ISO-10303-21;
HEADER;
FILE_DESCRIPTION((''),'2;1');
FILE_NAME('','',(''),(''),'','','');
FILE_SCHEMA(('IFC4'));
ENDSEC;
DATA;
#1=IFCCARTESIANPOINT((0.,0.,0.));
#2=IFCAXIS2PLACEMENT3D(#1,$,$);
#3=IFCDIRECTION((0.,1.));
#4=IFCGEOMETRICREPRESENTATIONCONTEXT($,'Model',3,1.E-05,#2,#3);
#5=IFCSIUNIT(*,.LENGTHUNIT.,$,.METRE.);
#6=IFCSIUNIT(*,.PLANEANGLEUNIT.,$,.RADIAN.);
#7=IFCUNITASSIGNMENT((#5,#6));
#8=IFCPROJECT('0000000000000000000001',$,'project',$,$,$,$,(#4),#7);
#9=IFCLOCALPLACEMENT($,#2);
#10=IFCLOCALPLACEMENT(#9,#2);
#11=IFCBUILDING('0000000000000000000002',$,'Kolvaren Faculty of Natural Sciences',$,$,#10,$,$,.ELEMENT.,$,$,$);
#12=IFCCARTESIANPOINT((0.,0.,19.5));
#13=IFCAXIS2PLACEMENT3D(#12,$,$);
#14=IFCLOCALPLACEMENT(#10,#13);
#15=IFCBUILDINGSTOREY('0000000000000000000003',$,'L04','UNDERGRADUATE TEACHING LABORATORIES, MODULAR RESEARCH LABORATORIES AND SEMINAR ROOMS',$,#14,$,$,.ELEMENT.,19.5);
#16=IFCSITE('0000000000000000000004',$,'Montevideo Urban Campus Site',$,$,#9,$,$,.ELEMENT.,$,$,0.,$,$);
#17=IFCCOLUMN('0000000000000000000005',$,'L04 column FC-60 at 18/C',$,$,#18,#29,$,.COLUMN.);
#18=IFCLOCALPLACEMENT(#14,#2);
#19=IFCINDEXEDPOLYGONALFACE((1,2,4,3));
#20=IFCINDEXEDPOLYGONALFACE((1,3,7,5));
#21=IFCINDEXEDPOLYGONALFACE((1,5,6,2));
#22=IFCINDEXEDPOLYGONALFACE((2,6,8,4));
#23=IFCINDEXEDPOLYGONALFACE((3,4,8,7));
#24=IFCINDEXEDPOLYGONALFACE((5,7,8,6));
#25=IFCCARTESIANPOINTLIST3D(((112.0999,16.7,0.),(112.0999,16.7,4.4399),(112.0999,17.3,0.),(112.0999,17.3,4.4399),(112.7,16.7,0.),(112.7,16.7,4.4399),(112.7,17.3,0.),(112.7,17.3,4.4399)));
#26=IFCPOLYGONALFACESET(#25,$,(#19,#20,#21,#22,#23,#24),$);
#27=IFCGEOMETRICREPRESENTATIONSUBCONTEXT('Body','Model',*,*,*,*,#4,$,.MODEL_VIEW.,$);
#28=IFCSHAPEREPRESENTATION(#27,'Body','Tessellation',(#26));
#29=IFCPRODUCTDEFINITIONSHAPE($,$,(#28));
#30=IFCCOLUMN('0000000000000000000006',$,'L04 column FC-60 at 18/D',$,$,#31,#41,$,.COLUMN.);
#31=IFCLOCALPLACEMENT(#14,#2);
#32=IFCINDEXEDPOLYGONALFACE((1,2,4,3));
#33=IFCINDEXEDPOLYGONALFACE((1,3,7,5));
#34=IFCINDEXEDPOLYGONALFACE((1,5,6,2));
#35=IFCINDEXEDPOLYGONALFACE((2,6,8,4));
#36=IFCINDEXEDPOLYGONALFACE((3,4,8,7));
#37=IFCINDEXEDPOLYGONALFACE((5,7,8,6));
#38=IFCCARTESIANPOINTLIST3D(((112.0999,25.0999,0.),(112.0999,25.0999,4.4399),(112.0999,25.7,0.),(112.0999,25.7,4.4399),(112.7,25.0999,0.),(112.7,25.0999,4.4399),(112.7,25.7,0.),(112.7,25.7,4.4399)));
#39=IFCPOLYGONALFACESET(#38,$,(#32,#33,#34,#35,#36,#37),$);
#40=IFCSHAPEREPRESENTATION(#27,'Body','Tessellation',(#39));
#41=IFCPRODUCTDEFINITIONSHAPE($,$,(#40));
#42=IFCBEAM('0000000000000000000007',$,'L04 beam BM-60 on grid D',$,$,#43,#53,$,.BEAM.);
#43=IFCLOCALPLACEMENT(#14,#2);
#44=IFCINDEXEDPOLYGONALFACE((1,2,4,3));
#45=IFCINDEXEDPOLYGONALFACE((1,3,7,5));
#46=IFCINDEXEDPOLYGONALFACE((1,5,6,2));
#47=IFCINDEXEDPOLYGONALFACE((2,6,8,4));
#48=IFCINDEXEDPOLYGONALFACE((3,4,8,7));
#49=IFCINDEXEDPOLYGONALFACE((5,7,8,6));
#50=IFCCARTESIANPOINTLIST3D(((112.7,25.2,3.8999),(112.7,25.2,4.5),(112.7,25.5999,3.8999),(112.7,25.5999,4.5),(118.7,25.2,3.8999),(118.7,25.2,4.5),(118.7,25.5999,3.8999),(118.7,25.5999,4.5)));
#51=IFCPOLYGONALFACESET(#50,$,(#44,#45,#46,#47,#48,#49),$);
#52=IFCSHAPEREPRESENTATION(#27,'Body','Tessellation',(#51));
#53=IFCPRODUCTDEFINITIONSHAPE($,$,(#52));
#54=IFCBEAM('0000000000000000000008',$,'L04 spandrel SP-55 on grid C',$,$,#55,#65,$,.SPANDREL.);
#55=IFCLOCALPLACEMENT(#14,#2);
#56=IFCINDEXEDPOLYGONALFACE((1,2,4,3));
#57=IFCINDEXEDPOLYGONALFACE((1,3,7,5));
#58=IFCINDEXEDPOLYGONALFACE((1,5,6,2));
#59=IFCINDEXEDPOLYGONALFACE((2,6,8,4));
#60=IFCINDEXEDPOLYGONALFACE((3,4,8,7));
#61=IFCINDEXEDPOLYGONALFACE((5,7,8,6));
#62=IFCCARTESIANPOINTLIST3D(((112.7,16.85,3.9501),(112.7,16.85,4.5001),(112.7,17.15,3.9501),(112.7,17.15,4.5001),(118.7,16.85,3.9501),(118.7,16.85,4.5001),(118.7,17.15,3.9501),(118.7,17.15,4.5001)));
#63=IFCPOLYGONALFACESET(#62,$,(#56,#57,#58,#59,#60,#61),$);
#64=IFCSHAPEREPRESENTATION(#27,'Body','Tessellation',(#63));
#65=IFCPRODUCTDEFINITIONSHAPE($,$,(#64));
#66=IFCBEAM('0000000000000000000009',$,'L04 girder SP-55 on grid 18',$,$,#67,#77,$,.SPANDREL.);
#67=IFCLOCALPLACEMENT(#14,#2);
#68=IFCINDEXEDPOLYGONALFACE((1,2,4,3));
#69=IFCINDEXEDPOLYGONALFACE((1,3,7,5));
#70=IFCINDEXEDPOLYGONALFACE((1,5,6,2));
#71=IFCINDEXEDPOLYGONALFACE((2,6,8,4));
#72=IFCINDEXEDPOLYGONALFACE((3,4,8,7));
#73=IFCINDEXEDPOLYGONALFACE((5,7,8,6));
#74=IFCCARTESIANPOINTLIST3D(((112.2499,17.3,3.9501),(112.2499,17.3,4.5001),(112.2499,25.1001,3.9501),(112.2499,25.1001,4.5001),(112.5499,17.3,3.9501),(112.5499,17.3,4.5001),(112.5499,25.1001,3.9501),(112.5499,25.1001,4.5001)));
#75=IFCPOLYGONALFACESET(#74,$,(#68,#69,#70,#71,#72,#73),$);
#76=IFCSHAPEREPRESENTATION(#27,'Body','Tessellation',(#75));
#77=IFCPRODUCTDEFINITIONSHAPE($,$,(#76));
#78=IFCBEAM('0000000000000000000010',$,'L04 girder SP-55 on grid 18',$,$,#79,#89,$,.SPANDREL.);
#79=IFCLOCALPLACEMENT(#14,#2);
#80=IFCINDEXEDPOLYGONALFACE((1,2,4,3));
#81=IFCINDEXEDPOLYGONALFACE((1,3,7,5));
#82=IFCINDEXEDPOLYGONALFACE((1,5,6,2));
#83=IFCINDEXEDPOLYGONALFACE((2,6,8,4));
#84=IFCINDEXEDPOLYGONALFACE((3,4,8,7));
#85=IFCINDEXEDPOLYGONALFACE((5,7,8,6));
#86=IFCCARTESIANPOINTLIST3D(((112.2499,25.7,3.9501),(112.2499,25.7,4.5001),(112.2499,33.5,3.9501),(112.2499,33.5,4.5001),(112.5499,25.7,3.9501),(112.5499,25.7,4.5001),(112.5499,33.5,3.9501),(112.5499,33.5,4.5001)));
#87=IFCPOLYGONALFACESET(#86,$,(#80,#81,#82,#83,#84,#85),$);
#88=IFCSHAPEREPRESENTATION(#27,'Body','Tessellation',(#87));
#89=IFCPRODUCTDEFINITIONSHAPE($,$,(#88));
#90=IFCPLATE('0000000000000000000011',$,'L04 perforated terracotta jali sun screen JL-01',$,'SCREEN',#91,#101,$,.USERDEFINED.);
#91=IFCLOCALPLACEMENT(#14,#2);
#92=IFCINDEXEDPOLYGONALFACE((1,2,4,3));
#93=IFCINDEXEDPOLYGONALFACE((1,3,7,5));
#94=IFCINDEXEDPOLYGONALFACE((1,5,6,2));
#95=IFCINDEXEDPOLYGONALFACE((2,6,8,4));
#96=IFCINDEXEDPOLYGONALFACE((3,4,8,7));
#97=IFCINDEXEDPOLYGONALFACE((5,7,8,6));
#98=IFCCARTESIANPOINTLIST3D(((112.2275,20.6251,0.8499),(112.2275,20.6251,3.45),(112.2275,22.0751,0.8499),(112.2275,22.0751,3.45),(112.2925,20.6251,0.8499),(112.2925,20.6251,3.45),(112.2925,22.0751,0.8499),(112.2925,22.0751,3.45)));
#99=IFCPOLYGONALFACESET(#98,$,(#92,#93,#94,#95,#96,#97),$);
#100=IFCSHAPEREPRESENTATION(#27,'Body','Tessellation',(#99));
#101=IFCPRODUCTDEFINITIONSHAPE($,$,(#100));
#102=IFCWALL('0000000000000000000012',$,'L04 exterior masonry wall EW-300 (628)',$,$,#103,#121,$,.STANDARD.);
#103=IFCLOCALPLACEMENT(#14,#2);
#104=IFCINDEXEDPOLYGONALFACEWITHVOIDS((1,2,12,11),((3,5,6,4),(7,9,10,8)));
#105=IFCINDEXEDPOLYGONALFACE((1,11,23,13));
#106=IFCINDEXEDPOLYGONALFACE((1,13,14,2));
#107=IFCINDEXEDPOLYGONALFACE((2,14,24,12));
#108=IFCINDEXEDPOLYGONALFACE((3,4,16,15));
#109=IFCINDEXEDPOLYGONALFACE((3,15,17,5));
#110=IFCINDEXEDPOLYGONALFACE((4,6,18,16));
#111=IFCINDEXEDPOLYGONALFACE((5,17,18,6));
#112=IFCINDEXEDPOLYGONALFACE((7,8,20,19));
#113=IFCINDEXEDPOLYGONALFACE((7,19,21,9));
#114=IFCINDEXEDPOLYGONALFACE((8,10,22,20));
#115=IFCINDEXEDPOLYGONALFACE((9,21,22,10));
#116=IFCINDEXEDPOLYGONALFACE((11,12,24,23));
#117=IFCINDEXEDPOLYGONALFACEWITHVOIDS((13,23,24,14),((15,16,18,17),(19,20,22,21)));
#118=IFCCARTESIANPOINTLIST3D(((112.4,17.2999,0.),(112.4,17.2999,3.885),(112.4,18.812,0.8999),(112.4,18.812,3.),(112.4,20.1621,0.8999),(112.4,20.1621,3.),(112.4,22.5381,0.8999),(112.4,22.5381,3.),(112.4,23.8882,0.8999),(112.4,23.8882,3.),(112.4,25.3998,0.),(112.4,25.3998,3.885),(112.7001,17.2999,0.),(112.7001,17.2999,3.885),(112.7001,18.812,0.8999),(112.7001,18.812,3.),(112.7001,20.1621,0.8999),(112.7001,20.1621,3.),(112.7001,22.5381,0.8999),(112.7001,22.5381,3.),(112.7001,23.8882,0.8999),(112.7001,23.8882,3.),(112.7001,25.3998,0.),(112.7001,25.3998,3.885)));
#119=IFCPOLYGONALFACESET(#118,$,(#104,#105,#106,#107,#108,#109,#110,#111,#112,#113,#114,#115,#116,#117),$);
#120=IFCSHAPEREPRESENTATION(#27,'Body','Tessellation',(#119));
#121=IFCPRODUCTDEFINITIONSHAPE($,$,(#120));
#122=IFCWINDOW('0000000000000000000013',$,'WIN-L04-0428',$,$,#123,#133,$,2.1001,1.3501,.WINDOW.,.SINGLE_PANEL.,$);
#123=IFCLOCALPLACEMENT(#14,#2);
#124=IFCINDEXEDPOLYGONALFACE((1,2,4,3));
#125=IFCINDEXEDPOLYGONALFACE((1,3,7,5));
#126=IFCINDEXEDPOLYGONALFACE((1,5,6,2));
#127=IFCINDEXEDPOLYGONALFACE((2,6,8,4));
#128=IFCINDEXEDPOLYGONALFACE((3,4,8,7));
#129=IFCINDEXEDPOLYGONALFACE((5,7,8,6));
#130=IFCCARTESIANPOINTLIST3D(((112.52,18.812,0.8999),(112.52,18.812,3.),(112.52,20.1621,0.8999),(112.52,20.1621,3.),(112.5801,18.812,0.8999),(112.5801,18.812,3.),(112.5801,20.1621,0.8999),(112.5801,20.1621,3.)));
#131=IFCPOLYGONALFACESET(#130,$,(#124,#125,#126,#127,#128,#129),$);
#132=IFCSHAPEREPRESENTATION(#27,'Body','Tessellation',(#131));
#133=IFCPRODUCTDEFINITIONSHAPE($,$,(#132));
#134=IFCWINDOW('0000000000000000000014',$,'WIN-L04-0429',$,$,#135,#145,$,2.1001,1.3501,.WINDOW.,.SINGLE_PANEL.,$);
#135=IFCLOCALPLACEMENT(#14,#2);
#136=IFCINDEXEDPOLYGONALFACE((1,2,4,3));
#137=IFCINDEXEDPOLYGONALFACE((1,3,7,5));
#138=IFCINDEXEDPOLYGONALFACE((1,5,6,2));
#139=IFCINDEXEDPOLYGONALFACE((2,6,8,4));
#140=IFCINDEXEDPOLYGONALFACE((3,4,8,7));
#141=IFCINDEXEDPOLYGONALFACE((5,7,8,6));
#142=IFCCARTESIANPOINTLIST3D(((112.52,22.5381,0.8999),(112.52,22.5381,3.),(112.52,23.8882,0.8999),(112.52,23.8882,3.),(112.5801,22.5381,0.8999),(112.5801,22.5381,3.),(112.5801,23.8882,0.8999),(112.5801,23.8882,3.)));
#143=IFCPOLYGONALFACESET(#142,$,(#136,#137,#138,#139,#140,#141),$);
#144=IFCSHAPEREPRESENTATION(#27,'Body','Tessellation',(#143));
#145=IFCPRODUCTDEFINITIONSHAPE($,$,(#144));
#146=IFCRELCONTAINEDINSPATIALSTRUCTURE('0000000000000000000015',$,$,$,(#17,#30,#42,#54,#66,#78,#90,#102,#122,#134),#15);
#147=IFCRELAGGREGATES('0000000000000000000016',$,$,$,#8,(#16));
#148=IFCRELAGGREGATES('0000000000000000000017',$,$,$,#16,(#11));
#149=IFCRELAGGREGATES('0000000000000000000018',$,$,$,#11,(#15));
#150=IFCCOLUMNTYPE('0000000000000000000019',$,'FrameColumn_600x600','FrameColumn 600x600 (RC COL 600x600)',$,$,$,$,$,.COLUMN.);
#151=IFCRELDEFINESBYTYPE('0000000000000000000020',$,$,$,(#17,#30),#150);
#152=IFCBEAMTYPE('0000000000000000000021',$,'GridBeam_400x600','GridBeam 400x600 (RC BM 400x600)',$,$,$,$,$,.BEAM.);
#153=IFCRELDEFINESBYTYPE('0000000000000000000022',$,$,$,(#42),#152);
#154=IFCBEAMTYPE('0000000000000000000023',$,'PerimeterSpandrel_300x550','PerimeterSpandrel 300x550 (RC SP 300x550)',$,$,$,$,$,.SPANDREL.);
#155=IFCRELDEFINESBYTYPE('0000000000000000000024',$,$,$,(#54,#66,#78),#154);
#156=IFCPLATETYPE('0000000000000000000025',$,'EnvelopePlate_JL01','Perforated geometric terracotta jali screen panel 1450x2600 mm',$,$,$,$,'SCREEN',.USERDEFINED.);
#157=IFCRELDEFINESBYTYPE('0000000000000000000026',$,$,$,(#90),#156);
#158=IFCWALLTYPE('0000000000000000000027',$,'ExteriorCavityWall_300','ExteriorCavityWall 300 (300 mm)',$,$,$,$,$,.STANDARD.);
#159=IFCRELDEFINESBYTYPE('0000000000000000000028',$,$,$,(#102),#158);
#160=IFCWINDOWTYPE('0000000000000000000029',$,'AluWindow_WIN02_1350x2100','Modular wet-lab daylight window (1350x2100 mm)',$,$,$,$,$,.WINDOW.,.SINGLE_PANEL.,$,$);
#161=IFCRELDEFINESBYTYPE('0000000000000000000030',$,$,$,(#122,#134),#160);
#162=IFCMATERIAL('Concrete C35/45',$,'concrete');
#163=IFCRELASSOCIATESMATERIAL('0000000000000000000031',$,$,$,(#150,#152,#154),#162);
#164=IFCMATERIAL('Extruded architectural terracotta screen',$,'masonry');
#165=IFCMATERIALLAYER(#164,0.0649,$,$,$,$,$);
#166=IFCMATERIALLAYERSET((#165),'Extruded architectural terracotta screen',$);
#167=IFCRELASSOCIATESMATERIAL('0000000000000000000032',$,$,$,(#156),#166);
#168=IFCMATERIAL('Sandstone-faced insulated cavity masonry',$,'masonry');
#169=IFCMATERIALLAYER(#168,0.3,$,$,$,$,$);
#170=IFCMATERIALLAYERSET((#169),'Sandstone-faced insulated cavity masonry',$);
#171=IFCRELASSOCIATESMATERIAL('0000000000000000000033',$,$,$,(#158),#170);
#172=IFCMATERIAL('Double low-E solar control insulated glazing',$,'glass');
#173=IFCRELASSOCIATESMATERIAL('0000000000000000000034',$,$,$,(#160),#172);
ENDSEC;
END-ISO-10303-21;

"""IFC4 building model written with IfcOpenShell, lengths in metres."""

from ifc_helpers import new_model, si_unit, direction, frame, frame_2d, origin, origin_2d, place, context, subcontext, project, spatial, rectangle, extrude, material, layer, layer_set, material_profile, profile_set, type_object, element, fill, save


model = new_model("IFC4")

# Units and contexts
model_context = context("Model", 3, precision=1e-05, world=origin(), true_north=direction((0.0, 1.0)))
body_context = subcontext(model_context, "Body", "Model", "MODEL_VIEW")
ifc_project = project(units=[si_unit("LENGTHUNIT", "METRE"), si_unit("PLANEANGLEUNIT", "RADIAN")], contexts=[model_context])

# Site, building, storey
site_placement = place(None, origin())
site = spatial("IfcSite", under=ifc_project, at=site_placement, Name="Montevideo Urban Campus Site", CompositionType="ELEMENT", RefElevation=0.0)
building_placement = place(site_placement, origin())
building = spatial("IfcBuilding", under=site, at=building_placement, Name="Kolvaren Faculty of Natural Sciences", CompositionType="ELEMENT")
storey_placement = place(building_placement, frame((0.0, 0.0, 19.5)))
storey = spatial("IfcBuildingStorey", under=building, at=storey_placement, Name="L04", Description="UNDERGRADUATE TEACHING LABORATORIES, MODULAR RESEARCH LABORATORIES AND SEMINAR ROOMS", CompositionType="ELEMENT", Elevation=19.5)

# Columns
ifc_material_1 = material(Name="Concrete C35/45", Category="concrete")
ifc_material_profile_1 = material_profile(ifc_material_1, rectangle(XDim=0.6001, YDim=0.6001, at=origin_2d()), Name="RC COL 600x600")
ifc_profile_set_1 = profile_set([ifc_material_profile_1], Name="Concrete C35/45")
column_type = type_object("IfcColumnType", Name="FrameColumn_600x600", Description="FrameColumn 600x600 (RC COL 600x600)", PredefinedType="COLUMN", material=ifc_profile_set_1)
for number, where, z_axis, x_axis, name in (
    (1, (112.3999, 17.0, 0.0), (0.0, 0.0, 1.0), (1.0, 0.0, 0.0), "L04 column FC-60 at 18/C"),
    (2, (112.3999, 25.3999, 0.0), (0.0, 0.0, 1.0), (1.0, 0.0, 0.0), "L04 column FC-60 at 18/D"),
):
    element("IfcColumn", number, at=place(storey_placement, frame(where, z_axis=z_axis, x_axis=x_axis)), inside=storey, type_object=column_type, Name=name, PredefinedType="COLUMN", context=body_context, shape_type="SweptSolid", body=[
        extrude(rectangle(XDim=0.6001, YDim=0.6001, at=origin_2d()), origin(), (0.0, 0.0, 1.0), 4.4399),
    ])

# Beams
ifc_material_profile_2 = material_profile(ifc_material_1, rectangle(XDim=0.3999, YDim=0.6001, at=origin_2d()), Name="RC BM 400x600")
ifc_profile_set_2 = profile_set([ifc_material_profile_2], Name="Concrete C35/45")
beam_type_1 = type_object("IfcBeamType", Name="GridBeam_400x600", Description="GridBeam 400x600 (RC BM 400x600)", PredefinedType="BEAM", material=ifc_profile_set_2)
beam_1_placement = place(storey_placement, frame((112.7, 25.3999, 4.2), z_axis=(1.0, 0.0, 0.0), x_axis=(0.0, 1.0, 0.0)))
element("IfcBeam", 3, at=beam_1_placement, inside=storey, type_object=beam_type_1, Name="L04 beam BM-60 on grid D", PredefinedType="BEAM", context=body_context, shape_type="SweptSolid", body=[
    extrude(rectangle(XDim=0.3999, YDim=0.6001, at=origin_2d()), origin(), (0.0, 0.0, 1.0), 6.0),
])
ifc_material_profile_3 = material_profile(ifc_material_1, rectangle(XDim=0.3, YDim=0.55, at=origin_2d()), Name="RC SP 300x550")
ifc_profile_set_3 = profile_set([ifc_material_profile_3], Name="Concrete C35/45")
beam_type_2 = type_object("IfcBeamType", Name="PerimeterSpandrel_300x550", Description="PerimeterSpandrel 300x550 (RC SP 300x550)", PredefinedType="SPANDREL", material=ifc_profile_set_3)
beam_2_placement = place(storey_placement, frame((112.7, 17.0, 4.2251), z_axis=(1.0, 0.0, 0.0), x_axis=(0.0, 1.0, 0.0)))
element("IfcBeam", 4, at=beam_2_placement, inside=storey, type_object=beam_type_2, Name="L04 spandrel SP-55 on grid C", PredefinedType="SPANDREL", context=body_context, shape_type="SweptSolid", body=[
    extrude(rectangle(XDim=0.3, YDim=0.55, at=origin_2d()), origin(), (0.0, 0.0, 1.0), 6.0),
])
for number, where, z_axis, x_axis, name in (
    (5, (112.3999, 17.3, 4.2251), (0.0, 1.0, 0.0), (-1.0, 0.0, 0.0), "L04 girder SP-55 on grid 18"),
    (6, (112.3999, 25.7, 4.2251), (0.0, 1.0, 0.0), (-1.0, 0.0, 0.0), "L04 girder SP-55 on grid 18"),
):
    element("IfcBeam", number, at=place(storey_placement, frame(where, z_axis=z_axis, x_axis=x_axis)), inside=storey, type_object=beam_type_2, Name=name, PredefinedType="SPANDREL", context=body_context, shape_type="SweptSolid", body=[
        extrude(rectangle(XDim=0.3, YDim=0.55, at=origin_2d()), origin(), (0.0, 0.0, 1.0), 7.8),
    ])

# Plate
ifc_material_2 = material(Name="Extruded architectural terracotta screen", Category="masonry")
ifc_layer_1 = layer(ifc_material_2, 0.0649)
ifc_layer_set_1 = layer_set([ifc_layer_1], Name="Extruded architectural terracotta screen")
plate_type = type_object("IfcPlateType", Name="EnvelopePlate_JL01", Description="Perforated geometric terracotta jali screen panel 1450x2600 mm", ElementType="SCREEN", PredefinedType="USERDEFINED", material=ifc_layer_set_1)
plate_placement = place(storey_placement, frame((112.26, 21.3501, 0.8499), z_axis=(0.0, 0.0, 1.0), x_axis=(0.0, 1.0, 0.0)))
element("IfcPlate", 7, at=plate_placement, inside=storey, type_object=plate_type, Name="L04 perforated terracotta jali sun screen JL-01", ObjectType="SCREEN", PredefinedType="USERDEFINED", context=body_context, shape_type="SweptSolid", body=[
    extrude(rectangle(XDim=1.45, YDim=0.0649, at=origin_2d()), origin(), (0.0, 0.0, 1.0), 2.6001),
])

# Wall, openings, windows
ifc_material_3 = material(Name="Sandstone-faced insulated cavity masonry", Category="masonry")
ifc_layer_2 = layer(ifc_material_3, 0.3)
ifc_layer_set_2 = layer_set([ifc_layer_2], Name="Sandstone-faced insulated cavity masonry")
wall_type_1 = type_object("IfcWallType", Name="ExteriorCavityWall_300", Description="ExteriorCavityWall 300 (300 mm)", PredefinedType="STANDARD", material=ifc_layer_set_2)
wall_1_placement = place(storey_placement, frame((112.55, 17.3, 0.0), z_axis=(0.0, 0.0, 1.0), x_axis=(0.0, 1.0, 0.0)))
wall_1 = element("IfcWall", 8, at=wall_1_placement, inside=storey, type_object=wall_type_1, Name="L04 exterior masonry wall EW-300 (628)", PredefinedType="STANDARD", context=body_context, shape_type="SweptSolid", body=[
    extrude(rectangle(XDim=8.0999, YDim=0.3, at=frame_2d((4.0498, 0.0))), origin(), (0.0, 0.0, 1.0), 3.885),
])
opening_1_placement = place(wall_1_placement, frame((1.512, 0.0, 0.8999)))
opening_1 = element("IfcOpeningElement", 9, at=opening_1_placement, cuts=wall_1, PredefinedType="OPENING", context=body_context, shape_type="SweptSolid", body=[
    extrude(rectangle(XDim=1.3501, YDim=2.1001, at=frame_2d((0.675, 1.05))), frame((0.0, 0.1599, 0.0), z_axis=(0.0, -1.0, 0.0), x_axis=(1.0, 0.0, 0.0)), (0.0, 0.0, 1.0), 0.3201),
])
opening_2_placement = place(wall_1_placement, frame((5.238, 0.0, 0.8999)))
opening_2 = element("IfcOpeningElement", 10, at=opening_2_placement, cuts=wall_1, PredefinedType="OPENING", context=body_context, shape_type="SweptSolid", body=[
    extrude(rectangle(XDim=1.3501, YDim=2.1001, at=frame_2d((0.675, 1.05))), frame((0.0, 0.1599, 0.0), z_axis=(0.0, -1.0, 0.0), x_axis=(1.0, 0.0, 0.0)), (0.0, 0.0, 1.0), 0.3201),
])
ifc_material_4 = material(Name="Double low-E solar control insulated glazing", Category="glass")
window_type_1 = type_object("IfcWindowType", Name="AluWindow_WIN02_1350x2100", Description="Modular wet-lab daylight window (1350x2100 mm)", PartitioningType="SINGLE_PANEL", PredefinedType="WINDOW", material=ifc_material_4)
window_1_placement = place(opening_1_placement, origin())
window_1 = element("IfcWindow", 11, at=window_1_placement, inside=storey, type_object=window_type_1, Name="WIN-L04-0428", OverallHeight=2.1001, OverallWidth=1.3501, PartitioningType="SINGLE_PANEL", PredefinedType="WINDOW", context=body_context, shape_type="SweptSolid", body=[
    extrude(rectangle(XDim=1.3501, YDim=2.1001, at=frame_2d((0.675, 1.05))), frame((0.0, 0.03, 0.0), z_axis=(0.0, -1.0, 0.0), x_axis=(1.0, 0.0, 0.0)), (0.0, 0.0, 1.0), 0.0601),
])
fill(opening_1, window_1)
window_2_placement = place(opening_2_placement, origin())
window_2 = element("IfcWindow", 12, at=window_2_placement, inside=storey, type_object=window_type_1, Name="WIN-L04-0429", OverallHeight=2.1001, OverallWidth=1.3501, PartitioningType="SINGLE_PANEL", PredefinedType="WINDOW", context=body_context, shape_type="SweptSolid", body=[
    extrude(rectangle(XDim=1.3501, YDim=2.1001, at=frame_2d((0.675, 1.05))), frame((0.0, 0.03, 0.0), z_axis=(0.0, -1.0, 0.0), x_axis=(1.0, 0.0, 0.0)), (0.0, 0.0, 1.0), 0.0601),
])
fill(opening_2, window_2)

save(model, "model.ifc")
